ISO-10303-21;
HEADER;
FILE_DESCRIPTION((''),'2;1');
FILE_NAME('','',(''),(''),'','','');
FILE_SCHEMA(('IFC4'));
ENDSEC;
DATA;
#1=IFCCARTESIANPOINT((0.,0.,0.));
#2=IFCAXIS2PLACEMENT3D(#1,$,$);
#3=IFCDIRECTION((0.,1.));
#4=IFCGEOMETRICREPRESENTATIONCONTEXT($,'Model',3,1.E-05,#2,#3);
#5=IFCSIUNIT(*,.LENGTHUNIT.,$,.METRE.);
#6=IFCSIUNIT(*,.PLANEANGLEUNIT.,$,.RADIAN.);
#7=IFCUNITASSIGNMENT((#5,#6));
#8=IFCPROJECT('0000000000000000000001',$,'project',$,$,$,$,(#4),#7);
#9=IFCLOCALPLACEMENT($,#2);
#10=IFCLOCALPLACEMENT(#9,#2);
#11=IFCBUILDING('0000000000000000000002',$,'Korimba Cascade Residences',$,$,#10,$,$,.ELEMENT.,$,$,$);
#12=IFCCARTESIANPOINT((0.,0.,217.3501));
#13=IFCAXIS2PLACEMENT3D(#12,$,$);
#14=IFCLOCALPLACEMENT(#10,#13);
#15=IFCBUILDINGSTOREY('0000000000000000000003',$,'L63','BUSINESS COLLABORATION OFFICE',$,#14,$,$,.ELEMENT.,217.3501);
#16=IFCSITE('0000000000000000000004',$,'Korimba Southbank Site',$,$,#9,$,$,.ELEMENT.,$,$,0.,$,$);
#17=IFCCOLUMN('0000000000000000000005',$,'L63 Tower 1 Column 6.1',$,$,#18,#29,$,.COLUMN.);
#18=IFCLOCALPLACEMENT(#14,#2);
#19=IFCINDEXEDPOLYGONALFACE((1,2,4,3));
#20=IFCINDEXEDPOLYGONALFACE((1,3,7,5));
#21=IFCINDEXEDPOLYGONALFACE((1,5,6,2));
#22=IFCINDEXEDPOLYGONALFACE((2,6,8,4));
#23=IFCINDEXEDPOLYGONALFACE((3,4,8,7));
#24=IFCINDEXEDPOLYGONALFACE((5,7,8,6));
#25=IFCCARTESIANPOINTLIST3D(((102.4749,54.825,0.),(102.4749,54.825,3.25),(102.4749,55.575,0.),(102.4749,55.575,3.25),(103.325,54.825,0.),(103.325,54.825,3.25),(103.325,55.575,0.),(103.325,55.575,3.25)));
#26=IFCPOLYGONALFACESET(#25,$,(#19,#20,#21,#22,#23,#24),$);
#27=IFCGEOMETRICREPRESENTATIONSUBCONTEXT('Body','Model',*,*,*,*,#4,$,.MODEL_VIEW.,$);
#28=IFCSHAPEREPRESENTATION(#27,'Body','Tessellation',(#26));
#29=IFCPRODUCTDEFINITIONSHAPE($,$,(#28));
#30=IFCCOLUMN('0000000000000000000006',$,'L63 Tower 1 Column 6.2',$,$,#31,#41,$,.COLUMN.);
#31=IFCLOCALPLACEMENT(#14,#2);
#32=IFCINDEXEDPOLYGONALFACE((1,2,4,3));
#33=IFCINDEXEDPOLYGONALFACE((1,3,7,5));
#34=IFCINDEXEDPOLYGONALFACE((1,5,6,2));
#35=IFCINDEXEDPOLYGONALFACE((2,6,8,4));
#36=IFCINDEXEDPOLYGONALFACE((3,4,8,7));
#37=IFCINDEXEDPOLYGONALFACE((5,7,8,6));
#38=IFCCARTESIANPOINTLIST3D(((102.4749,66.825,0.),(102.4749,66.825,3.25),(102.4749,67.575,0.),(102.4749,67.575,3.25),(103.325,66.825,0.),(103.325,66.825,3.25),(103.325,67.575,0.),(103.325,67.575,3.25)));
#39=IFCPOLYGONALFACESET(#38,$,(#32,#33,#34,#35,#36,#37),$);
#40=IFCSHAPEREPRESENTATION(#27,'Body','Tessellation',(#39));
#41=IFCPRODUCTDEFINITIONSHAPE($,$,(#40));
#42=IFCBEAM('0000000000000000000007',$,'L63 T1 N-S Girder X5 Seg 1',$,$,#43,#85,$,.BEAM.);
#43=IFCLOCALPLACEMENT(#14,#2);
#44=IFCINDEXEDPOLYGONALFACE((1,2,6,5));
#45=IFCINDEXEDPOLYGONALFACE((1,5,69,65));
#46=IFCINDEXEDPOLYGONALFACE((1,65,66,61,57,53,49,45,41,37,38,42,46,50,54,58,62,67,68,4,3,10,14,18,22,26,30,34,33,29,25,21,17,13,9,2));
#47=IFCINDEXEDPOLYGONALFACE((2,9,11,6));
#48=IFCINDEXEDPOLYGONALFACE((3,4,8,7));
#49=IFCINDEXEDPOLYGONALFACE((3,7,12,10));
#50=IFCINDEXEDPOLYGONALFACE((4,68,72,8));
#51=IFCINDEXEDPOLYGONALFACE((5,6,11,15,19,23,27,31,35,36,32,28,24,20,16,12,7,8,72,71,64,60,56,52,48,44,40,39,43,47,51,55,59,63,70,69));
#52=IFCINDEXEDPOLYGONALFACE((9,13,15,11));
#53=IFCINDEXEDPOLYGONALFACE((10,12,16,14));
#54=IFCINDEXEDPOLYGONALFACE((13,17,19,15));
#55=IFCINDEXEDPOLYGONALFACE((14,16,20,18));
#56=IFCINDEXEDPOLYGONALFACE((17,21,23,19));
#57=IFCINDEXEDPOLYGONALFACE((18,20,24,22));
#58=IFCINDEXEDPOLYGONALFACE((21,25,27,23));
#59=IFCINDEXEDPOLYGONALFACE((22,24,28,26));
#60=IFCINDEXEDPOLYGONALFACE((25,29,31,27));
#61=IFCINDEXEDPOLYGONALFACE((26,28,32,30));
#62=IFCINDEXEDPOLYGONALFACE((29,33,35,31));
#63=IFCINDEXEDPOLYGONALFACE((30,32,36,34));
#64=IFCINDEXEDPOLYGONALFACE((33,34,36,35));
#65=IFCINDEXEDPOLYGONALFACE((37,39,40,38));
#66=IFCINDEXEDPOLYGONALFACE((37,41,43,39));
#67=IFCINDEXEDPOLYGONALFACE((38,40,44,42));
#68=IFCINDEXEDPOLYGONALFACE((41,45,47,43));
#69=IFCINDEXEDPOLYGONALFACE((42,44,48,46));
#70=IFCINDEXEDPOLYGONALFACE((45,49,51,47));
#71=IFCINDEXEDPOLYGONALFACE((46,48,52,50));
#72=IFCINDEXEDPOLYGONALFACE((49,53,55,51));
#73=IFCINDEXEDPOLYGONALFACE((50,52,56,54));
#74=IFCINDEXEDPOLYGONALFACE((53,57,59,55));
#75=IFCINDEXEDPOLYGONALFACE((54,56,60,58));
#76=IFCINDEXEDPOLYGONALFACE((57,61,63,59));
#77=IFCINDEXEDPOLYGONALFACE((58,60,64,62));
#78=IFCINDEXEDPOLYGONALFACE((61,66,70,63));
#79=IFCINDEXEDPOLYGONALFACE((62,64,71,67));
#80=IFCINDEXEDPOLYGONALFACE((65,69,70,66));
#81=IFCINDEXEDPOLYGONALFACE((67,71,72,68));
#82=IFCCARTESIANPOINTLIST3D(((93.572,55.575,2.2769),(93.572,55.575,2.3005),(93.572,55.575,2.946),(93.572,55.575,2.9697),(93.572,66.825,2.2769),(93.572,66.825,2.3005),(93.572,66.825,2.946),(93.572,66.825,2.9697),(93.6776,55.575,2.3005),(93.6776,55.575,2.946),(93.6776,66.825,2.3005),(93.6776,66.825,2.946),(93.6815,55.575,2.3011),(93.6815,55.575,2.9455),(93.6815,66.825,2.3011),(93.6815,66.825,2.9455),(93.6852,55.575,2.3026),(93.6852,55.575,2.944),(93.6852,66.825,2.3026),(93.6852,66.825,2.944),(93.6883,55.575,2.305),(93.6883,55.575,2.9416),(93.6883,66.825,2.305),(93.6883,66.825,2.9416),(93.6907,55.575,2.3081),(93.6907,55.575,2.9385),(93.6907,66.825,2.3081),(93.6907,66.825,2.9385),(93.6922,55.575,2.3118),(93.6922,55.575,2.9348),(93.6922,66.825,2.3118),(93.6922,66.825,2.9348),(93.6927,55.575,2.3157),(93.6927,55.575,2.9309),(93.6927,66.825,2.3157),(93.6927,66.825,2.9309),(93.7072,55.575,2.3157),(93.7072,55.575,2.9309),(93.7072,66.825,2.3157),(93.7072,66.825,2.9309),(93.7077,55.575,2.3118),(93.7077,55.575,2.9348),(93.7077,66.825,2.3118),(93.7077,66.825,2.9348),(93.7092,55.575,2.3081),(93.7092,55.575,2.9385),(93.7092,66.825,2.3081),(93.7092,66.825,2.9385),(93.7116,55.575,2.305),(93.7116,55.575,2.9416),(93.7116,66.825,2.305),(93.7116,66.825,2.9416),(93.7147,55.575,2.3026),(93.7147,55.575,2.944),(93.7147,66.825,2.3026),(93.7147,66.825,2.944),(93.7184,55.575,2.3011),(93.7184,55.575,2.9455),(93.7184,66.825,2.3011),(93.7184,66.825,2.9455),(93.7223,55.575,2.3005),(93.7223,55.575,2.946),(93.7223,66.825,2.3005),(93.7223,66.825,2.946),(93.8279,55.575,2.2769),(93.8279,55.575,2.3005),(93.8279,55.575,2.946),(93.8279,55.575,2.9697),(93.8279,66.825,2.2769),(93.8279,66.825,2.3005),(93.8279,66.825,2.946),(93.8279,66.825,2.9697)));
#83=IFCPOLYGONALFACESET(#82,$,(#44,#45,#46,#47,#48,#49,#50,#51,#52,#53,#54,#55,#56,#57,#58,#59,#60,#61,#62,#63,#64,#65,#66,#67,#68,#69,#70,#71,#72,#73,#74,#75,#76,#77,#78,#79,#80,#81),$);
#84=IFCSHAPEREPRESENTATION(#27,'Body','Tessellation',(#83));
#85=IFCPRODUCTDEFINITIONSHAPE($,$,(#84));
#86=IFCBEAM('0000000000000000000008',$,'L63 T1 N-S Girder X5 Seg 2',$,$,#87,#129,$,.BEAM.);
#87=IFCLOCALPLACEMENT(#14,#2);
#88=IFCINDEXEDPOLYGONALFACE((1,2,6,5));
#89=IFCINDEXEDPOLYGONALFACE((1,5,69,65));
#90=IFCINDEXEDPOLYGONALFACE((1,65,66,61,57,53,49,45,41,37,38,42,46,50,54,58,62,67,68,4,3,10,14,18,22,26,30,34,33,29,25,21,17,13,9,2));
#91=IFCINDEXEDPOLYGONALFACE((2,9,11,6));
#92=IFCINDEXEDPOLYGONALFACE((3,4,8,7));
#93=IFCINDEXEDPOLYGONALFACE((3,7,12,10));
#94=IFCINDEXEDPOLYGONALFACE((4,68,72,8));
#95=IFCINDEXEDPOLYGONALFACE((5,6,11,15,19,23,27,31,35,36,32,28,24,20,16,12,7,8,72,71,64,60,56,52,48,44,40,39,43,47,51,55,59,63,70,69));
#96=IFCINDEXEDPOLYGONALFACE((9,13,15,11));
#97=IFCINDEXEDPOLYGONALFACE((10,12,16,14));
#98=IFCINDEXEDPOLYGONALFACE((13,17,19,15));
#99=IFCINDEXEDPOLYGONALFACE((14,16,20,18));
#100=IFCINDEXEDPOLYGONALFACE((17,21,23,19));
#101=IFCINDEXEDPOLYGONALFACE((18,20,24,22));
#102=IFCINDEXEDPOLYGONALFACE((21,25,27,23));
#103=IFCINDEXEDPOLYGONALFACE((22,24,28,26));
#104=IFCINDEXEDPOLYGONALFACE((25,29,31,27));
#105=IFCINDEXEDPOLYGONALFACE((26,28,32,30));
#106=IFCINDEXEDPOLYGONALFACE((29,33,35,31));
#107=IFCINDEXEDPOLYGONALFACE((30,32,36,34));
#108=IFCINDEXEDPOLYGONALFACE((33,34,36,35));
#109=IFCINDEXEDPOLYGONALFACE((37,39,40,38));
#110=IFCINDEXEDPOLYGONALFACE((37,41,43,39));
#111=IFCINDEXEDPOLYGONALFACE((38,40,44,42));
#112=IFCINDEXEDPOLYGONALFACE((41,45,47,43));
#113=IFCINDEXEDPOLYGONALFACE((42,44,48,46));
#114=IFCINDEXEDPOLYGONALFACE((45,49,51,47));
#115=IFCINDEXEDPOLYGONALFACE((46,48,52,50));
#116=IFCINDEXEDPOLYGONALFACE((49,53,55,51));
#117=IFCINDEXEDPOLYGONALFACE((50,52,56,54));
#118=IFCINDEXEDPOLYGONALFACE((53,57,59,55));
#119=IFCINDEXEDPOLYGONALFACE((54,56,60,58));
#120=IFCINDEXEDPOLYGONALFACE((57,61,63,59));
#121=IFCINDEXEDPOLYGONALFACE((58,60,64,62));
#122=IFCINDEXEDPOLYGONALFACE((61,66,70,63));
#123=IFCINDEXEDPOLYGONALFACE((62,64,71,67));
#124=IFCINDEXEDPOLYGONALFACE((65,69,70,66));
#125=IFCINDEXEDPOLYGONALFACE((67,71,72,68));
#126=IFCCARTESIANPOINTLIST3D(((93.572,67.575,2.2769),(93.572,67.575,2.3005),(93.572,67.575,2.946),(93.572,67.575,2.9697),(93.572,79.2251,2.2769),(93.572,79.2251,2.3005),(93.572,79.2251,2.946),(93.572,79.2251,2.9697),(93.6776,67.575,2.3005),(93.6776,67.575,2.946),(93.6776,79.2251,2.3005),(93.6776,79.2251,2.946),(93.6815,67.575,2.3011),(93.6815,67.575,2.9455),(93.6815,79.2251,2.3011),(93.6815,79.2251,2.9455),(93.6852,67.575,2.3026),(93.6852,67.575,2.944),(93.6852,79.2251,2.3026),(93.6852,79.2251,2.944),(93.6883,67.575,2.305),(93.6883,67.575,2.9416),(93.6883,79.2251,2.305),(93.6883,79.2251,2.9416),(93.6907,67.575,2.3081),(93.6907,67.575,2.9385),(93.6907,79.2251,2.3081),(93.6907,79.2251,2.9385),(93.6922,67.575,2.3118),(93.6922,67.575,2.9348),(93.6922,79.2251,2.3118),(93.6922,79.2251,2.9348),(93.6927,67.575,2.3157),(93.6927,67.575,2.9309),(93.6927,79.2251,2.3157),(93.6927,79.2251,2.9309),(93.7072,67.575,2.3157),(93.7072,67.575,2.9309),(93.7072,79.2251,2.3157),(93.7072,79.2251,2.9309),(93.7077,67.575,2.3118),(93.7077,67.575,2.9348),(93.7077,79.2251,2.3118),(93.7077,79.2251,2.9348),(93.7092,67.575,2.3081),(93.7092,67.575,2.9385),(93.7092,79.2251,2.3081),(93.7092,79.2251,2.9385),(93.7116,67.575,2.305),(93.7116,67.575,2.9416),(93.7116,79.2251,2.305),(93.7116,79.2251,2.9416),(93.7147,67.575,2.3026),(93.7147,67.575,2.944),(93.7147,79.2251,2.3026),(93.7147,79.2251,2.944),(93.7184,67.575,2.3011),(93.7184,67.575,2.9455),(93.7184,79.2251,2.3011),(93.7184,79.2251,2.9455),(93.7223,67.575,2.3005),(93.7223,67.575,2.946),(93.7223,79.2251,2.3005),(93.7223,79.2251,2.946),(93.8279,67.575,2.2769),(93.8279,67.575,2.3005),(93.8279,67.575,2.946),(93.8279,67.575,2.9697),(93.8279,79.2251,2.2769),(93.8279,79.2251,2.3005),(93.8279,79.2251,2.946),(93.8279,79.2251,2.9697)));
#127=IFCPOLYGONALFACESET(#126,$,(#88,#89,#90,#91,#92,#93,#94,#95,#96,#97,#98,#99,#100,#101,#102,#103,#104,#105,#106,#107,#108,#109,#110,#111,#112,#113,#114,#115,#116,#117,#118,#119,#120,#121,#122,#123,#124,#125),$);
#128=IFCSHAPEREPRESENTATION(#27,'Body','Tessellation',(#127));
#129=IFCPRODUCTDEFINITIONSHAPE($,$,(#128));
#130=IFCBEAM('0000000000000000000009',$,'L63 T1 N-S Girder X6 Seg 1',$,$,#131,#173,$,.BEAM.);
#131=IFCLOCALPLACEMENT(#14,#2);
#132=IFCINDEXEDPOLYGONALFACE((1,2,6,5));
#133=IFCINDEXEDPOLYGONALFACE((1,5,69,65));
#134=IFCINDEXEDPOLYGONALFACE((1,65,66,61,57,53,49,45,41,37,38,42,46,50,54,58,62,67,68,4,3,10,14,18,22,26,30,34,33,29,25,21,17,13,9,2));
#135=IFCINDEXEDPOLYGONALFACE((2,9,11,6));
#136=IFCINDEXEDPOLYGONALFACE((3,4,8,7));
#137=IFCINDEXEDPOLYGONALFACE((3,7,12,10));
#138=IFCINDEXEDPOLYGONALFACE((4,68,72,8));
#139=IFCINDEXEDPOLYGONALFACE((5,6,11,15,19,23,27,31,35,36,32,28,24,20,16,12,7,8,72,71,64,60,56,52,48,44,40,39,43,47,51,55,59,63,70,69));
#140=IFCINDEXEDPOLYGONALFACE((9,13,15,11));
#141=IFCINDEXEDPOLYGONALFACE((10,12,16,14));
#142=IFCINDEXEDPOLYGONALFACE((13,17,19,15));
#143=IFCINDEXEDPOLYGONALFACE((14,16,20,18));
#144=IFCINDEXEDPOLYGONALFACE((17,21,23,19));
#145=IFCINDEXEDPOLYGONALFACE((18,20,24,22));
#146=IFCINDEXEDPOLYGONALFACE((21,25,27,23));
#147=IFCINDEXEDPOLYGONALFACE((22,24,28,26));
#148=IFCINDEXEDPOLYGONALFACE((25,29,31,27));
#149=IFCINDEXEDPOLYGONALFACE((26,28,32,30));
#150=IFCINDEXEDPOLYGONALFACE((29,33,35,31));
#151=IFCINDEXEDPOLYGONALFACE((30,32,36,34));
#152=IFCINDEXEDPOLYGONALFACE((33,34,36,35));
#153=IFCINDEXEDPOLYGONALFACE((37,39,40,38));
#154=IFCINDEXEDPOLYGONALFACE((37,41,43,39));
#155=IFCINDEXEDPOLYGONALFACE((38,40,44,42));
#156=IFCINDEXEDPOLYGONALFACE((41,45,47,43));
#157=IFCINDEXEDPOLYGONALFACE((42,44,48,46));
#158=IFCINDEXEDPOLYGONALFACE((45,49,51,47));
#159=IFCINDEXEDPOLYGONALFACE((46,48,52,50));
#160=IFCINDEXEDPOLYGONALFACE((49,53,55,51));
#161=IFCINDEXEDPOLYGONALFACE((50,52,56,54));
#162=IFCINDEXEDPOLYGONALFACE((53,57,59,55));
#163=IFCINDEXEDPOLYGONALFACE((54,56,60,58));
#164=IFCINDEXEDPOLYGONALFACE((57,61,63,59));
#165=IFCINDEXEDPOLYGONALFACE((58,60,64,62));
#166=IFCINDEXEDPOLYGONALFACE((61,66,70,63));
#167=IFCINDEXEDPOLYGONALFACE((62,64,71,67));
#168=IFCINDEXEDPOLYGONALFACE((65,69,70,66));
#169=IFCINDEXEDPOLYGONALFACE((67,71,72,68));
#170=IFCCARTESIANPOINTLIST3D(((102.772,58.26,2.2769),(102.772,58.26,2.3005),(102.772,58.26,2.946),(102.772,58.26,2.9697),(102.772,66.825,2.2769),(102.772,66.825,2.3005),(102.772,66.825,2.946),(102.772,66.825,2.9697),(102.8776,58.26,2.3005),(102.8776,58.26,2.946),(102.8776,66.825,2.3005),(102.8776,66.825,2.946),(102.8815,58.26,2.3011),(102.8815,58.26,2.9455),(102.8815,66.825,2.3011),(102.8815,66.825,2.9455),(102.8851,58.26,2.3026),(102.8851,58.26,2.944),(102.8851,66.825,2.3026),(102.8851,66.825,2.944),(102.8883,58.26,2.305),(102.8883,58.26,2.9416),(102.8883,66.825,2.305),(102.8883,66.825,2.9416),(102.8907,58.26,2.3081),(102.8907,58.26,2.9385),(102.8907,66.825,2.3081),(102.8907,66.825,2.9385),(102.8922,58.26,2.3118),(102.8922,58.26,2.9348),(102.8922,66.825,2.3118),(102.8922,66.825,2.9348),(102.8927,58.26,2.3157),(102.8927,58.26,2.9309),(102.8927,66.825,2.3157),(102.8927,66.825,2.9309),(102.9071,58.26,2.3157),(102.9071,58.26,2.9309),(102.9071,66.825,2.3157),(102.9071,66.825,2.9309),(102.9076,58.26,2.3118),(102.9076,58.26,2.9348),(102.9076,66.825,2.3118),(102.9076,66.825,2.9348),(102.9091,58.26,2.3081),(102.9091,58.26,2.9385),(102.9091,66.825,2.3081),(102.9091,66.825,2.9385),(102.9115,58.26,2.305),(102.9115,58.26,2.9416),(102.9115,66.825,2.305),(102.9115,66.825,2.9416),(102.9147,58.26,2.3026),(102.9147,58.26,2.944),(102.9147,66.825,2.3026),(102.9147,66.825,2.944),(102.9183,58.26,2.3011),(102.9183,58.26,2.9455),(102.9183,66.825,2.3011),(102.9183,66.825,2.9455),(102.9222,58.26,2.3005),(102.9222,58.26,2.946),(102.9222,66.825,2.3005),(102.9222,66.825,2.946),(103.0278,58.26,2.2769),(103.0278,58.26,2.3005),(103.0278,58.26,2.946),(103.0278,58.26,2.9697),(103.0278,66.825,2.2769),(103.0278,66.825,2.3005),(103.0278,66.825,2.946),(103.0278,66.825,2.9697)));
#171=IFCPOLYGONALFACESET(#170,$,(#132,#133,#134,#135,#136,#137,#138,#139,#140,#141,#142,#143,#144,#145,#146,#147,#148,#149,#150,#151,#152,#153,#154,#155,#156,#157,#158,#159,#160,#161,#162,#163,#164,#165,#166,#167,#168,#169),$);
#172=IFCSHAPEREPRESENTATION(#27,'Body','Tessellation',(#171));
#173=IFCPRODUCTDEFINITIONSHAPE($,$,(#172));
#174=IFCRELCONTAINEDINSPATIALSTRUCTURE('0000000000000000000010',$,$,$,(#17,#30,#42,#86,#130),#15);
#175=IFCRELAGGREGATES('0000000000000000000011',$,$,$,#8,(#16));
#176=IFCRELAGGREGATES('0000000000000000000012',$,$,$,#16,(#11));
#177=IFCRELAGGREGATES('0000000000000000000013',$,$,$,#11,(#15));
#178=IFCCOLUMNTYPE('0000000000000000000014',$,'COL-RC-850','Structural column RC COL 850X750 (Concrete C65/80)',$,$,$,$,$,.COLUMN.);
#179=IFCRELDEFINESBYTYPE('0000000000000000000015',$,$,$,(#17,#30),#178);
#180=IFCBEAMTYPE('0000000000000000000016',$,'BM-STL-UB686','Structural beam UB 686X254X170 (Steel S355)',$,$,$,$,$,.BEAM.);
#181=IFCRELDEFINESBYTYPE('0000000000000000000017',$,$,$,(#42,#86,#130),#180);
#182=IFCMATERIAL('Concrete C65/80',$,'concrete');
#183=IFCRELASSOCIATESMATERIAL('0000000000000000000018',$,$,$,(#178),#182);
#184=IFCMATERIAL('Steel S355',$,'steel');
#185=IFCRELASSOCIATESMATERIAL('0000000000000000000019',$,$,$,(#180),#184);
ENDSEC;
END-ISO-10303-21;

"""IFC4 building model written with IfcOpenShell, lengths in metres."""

from ifc_helpers import new_model, si_unit, direction, frame, origin, origin_2d, place, context, subcontext, project, spatial, rectangle, i_section, extrude, material, material_profile, profile_set, type_object, element, save


model = new_model("IFC4")

# Units and contexts
model_context = context("Model", 3, precision=1e-05, world=origin(), true_north=direction((0.0, 1.0)))
body_context = subcontext(model_context, "Body", "Model", "MODEL_VIEW")
ifc_project = project(units=[si_unit("LENGTHUNIT", "METRE"), si_unit("PLANEANGLEUNIT", "RADIAN")], contexts=[model_context])

# Site, building, storey
site_placement = place(None, origin())
site = spatial("IfcSite", under=ifc_project, at=site_placement, Name="Korimba Southbank Site", CompositionType="ELEMENT", RefElevation=0.0)
building_placement = place(site_placement, origin())
building = spatial("IfcBuilding", under=site, at=building_placement, Name="Korimba Cascade Residences", CompositionType="ELEMENT")
storey_placement = place(building_placement, frame((0.0, 0.0, 217.3501)))
storey = spatial("IfcBuildingStorey", under=building, at=storey_placement, Name="L63", Description="BUSINESS COLLABORATION OFFICE", CompositionType="ELEMENT", Elevation=217.3501)

# Columns
ifc_material_1 = material(Name="Concrete C65/80", Category="concrete")
ifc_material_profile_1 = material_profile(ifc_material_1, rectangle(XDim=0.8501, YDim=0.75, at=origin_2d()), Name="Concrete C65/80")
ifc_profile_set_1 = profile_set([ifc_material_profile_1], Name="Concrete C65/80")
column_type = type_object("IfcColumnType", Name="COL-RC-850", Description="Structural column RC COL 850X750 (Concrete C65/80)", PredefinedType="COLUMN", material=ifc_profile_set_1)
for number, where, z_axis, x_axis, name in (
    (1, (102.8999, 55.2, 0.0), (0.0, 0.0, 1.0), (1.0, 0.0, 0.0), "L63 Tower 1 Column 6.1"),
    (2, (102.8999, 67.2, 0.0), (0.0, 0.0, 1.0), (1.0, 0.0, 0.0), "L63 Tower 1 Column 6.2"),
):
    element("IfcColumn", number, at=place(storey_placement, frame(where, z_axis=z_axis, x_axis=x_axis)), inside=storey, type_object=column_type, Name=name, PredefinedType="COLUMN", context=body_context, shape_type="SweptSolid", body=[
        extrude(rectangle(XDim=0.8501, YDim=0.75, at=origin_2d()), origin(), (0.0, 0.0, 1.0), 3.25),
    ])

# Beams
ifc_material_2 = material(Name="Steel S355", Category="steel")
ifc_material_profile_2 = material_profile(ifc_material_2, i_section(OverallWidth=0.2559, OverallDepth=0.6929, WebThickness=0.0144, FlangeThickness=0.0237, FilletRadius=0.0151, at=origin_2d()), Name="Steel S355")
ifc_profile_set_2 = profile_set([ifc_material_profile_2], Name="Steel S355")
beam_type = type_object("IfcBeamType", Name="BM-STL-UB686", Description="Structural beam UB 686X254X170 (Steel S355)", PredefinedType="BEAM", material=ifc_profile_set_2)
beam_1_placement = place(storey_placement, frame((93.7, 55.575, 2.6233), z_axis=(0.0, 1.0, 0.0), x_axis=(-1.0, 0.0, 0.0)))
element("IfcBeam", 3, at=beam_1_placement, inside=storey, type_object=beam_type, Name="L63 T1 N-S Girder X5 Seg 1", PredefinedType="BEAM", context=body_context, shape_type="SweptSolid", body=[
    extrude(i_section(OverallWidth=0.2559, OverallDepth=0.6929, WebThickness=0.0144, FlangeThickness=0.0237, FilletRadius=0.0151, at=origin_2d()), origin(), (0.0, 0.0, 1.0), 11.25),
])
beam_2_placement = place(storey_placement, frame((93.7, 67.575, 2.6233), z_axis=(0.0, 1.0, 0.0), x_axis=(-1.0, 0.0, 0.0)))
element("IfcBeam", 4, at=beam_2_placement, inside=storey, type_object=beam_type, Name="L63 T1 N-S Girder X5 Seg 2", PredefinedType="BEAM", context=body_context, shape_type="SweptSolid", body=[
    extrude(i_section(OverallWidth=0.2559, OverallDepth=0.6929, WebThickness=0.0144, FlangeThickness=0.0237, FilletRadius=0.0151, at=origin_2d()), origin(), (0.0, 0.0, 1.0), 11.6501),
])
beam_3_placement = place(storey_placement, frame((102.8999, 58.26, 2.6233), z_axis=(0.0, 1.0, 0.0), x_axis=(-1.0, 0.0, 0.0)))
element("IfcBeam", 5, at=beam_3_placement, inside=storey, type_object=beam_type, Name="L63 T1 N-S Girder X6 Seg 1", PredefinedType="BEAM", context=body_context, shape_type="SweptSolid", body=[
    extrude(i_section(OverallWidth=0.2559, OverallDepth=0.6929, WebThickness=0.0144, FlangeThickness=0.0237, FilletRadius=0.0151, at=origin_2d()), origin(), (0.0, 0.0, 1.0), 8.5649),
])

save(model, "model.ifc")
